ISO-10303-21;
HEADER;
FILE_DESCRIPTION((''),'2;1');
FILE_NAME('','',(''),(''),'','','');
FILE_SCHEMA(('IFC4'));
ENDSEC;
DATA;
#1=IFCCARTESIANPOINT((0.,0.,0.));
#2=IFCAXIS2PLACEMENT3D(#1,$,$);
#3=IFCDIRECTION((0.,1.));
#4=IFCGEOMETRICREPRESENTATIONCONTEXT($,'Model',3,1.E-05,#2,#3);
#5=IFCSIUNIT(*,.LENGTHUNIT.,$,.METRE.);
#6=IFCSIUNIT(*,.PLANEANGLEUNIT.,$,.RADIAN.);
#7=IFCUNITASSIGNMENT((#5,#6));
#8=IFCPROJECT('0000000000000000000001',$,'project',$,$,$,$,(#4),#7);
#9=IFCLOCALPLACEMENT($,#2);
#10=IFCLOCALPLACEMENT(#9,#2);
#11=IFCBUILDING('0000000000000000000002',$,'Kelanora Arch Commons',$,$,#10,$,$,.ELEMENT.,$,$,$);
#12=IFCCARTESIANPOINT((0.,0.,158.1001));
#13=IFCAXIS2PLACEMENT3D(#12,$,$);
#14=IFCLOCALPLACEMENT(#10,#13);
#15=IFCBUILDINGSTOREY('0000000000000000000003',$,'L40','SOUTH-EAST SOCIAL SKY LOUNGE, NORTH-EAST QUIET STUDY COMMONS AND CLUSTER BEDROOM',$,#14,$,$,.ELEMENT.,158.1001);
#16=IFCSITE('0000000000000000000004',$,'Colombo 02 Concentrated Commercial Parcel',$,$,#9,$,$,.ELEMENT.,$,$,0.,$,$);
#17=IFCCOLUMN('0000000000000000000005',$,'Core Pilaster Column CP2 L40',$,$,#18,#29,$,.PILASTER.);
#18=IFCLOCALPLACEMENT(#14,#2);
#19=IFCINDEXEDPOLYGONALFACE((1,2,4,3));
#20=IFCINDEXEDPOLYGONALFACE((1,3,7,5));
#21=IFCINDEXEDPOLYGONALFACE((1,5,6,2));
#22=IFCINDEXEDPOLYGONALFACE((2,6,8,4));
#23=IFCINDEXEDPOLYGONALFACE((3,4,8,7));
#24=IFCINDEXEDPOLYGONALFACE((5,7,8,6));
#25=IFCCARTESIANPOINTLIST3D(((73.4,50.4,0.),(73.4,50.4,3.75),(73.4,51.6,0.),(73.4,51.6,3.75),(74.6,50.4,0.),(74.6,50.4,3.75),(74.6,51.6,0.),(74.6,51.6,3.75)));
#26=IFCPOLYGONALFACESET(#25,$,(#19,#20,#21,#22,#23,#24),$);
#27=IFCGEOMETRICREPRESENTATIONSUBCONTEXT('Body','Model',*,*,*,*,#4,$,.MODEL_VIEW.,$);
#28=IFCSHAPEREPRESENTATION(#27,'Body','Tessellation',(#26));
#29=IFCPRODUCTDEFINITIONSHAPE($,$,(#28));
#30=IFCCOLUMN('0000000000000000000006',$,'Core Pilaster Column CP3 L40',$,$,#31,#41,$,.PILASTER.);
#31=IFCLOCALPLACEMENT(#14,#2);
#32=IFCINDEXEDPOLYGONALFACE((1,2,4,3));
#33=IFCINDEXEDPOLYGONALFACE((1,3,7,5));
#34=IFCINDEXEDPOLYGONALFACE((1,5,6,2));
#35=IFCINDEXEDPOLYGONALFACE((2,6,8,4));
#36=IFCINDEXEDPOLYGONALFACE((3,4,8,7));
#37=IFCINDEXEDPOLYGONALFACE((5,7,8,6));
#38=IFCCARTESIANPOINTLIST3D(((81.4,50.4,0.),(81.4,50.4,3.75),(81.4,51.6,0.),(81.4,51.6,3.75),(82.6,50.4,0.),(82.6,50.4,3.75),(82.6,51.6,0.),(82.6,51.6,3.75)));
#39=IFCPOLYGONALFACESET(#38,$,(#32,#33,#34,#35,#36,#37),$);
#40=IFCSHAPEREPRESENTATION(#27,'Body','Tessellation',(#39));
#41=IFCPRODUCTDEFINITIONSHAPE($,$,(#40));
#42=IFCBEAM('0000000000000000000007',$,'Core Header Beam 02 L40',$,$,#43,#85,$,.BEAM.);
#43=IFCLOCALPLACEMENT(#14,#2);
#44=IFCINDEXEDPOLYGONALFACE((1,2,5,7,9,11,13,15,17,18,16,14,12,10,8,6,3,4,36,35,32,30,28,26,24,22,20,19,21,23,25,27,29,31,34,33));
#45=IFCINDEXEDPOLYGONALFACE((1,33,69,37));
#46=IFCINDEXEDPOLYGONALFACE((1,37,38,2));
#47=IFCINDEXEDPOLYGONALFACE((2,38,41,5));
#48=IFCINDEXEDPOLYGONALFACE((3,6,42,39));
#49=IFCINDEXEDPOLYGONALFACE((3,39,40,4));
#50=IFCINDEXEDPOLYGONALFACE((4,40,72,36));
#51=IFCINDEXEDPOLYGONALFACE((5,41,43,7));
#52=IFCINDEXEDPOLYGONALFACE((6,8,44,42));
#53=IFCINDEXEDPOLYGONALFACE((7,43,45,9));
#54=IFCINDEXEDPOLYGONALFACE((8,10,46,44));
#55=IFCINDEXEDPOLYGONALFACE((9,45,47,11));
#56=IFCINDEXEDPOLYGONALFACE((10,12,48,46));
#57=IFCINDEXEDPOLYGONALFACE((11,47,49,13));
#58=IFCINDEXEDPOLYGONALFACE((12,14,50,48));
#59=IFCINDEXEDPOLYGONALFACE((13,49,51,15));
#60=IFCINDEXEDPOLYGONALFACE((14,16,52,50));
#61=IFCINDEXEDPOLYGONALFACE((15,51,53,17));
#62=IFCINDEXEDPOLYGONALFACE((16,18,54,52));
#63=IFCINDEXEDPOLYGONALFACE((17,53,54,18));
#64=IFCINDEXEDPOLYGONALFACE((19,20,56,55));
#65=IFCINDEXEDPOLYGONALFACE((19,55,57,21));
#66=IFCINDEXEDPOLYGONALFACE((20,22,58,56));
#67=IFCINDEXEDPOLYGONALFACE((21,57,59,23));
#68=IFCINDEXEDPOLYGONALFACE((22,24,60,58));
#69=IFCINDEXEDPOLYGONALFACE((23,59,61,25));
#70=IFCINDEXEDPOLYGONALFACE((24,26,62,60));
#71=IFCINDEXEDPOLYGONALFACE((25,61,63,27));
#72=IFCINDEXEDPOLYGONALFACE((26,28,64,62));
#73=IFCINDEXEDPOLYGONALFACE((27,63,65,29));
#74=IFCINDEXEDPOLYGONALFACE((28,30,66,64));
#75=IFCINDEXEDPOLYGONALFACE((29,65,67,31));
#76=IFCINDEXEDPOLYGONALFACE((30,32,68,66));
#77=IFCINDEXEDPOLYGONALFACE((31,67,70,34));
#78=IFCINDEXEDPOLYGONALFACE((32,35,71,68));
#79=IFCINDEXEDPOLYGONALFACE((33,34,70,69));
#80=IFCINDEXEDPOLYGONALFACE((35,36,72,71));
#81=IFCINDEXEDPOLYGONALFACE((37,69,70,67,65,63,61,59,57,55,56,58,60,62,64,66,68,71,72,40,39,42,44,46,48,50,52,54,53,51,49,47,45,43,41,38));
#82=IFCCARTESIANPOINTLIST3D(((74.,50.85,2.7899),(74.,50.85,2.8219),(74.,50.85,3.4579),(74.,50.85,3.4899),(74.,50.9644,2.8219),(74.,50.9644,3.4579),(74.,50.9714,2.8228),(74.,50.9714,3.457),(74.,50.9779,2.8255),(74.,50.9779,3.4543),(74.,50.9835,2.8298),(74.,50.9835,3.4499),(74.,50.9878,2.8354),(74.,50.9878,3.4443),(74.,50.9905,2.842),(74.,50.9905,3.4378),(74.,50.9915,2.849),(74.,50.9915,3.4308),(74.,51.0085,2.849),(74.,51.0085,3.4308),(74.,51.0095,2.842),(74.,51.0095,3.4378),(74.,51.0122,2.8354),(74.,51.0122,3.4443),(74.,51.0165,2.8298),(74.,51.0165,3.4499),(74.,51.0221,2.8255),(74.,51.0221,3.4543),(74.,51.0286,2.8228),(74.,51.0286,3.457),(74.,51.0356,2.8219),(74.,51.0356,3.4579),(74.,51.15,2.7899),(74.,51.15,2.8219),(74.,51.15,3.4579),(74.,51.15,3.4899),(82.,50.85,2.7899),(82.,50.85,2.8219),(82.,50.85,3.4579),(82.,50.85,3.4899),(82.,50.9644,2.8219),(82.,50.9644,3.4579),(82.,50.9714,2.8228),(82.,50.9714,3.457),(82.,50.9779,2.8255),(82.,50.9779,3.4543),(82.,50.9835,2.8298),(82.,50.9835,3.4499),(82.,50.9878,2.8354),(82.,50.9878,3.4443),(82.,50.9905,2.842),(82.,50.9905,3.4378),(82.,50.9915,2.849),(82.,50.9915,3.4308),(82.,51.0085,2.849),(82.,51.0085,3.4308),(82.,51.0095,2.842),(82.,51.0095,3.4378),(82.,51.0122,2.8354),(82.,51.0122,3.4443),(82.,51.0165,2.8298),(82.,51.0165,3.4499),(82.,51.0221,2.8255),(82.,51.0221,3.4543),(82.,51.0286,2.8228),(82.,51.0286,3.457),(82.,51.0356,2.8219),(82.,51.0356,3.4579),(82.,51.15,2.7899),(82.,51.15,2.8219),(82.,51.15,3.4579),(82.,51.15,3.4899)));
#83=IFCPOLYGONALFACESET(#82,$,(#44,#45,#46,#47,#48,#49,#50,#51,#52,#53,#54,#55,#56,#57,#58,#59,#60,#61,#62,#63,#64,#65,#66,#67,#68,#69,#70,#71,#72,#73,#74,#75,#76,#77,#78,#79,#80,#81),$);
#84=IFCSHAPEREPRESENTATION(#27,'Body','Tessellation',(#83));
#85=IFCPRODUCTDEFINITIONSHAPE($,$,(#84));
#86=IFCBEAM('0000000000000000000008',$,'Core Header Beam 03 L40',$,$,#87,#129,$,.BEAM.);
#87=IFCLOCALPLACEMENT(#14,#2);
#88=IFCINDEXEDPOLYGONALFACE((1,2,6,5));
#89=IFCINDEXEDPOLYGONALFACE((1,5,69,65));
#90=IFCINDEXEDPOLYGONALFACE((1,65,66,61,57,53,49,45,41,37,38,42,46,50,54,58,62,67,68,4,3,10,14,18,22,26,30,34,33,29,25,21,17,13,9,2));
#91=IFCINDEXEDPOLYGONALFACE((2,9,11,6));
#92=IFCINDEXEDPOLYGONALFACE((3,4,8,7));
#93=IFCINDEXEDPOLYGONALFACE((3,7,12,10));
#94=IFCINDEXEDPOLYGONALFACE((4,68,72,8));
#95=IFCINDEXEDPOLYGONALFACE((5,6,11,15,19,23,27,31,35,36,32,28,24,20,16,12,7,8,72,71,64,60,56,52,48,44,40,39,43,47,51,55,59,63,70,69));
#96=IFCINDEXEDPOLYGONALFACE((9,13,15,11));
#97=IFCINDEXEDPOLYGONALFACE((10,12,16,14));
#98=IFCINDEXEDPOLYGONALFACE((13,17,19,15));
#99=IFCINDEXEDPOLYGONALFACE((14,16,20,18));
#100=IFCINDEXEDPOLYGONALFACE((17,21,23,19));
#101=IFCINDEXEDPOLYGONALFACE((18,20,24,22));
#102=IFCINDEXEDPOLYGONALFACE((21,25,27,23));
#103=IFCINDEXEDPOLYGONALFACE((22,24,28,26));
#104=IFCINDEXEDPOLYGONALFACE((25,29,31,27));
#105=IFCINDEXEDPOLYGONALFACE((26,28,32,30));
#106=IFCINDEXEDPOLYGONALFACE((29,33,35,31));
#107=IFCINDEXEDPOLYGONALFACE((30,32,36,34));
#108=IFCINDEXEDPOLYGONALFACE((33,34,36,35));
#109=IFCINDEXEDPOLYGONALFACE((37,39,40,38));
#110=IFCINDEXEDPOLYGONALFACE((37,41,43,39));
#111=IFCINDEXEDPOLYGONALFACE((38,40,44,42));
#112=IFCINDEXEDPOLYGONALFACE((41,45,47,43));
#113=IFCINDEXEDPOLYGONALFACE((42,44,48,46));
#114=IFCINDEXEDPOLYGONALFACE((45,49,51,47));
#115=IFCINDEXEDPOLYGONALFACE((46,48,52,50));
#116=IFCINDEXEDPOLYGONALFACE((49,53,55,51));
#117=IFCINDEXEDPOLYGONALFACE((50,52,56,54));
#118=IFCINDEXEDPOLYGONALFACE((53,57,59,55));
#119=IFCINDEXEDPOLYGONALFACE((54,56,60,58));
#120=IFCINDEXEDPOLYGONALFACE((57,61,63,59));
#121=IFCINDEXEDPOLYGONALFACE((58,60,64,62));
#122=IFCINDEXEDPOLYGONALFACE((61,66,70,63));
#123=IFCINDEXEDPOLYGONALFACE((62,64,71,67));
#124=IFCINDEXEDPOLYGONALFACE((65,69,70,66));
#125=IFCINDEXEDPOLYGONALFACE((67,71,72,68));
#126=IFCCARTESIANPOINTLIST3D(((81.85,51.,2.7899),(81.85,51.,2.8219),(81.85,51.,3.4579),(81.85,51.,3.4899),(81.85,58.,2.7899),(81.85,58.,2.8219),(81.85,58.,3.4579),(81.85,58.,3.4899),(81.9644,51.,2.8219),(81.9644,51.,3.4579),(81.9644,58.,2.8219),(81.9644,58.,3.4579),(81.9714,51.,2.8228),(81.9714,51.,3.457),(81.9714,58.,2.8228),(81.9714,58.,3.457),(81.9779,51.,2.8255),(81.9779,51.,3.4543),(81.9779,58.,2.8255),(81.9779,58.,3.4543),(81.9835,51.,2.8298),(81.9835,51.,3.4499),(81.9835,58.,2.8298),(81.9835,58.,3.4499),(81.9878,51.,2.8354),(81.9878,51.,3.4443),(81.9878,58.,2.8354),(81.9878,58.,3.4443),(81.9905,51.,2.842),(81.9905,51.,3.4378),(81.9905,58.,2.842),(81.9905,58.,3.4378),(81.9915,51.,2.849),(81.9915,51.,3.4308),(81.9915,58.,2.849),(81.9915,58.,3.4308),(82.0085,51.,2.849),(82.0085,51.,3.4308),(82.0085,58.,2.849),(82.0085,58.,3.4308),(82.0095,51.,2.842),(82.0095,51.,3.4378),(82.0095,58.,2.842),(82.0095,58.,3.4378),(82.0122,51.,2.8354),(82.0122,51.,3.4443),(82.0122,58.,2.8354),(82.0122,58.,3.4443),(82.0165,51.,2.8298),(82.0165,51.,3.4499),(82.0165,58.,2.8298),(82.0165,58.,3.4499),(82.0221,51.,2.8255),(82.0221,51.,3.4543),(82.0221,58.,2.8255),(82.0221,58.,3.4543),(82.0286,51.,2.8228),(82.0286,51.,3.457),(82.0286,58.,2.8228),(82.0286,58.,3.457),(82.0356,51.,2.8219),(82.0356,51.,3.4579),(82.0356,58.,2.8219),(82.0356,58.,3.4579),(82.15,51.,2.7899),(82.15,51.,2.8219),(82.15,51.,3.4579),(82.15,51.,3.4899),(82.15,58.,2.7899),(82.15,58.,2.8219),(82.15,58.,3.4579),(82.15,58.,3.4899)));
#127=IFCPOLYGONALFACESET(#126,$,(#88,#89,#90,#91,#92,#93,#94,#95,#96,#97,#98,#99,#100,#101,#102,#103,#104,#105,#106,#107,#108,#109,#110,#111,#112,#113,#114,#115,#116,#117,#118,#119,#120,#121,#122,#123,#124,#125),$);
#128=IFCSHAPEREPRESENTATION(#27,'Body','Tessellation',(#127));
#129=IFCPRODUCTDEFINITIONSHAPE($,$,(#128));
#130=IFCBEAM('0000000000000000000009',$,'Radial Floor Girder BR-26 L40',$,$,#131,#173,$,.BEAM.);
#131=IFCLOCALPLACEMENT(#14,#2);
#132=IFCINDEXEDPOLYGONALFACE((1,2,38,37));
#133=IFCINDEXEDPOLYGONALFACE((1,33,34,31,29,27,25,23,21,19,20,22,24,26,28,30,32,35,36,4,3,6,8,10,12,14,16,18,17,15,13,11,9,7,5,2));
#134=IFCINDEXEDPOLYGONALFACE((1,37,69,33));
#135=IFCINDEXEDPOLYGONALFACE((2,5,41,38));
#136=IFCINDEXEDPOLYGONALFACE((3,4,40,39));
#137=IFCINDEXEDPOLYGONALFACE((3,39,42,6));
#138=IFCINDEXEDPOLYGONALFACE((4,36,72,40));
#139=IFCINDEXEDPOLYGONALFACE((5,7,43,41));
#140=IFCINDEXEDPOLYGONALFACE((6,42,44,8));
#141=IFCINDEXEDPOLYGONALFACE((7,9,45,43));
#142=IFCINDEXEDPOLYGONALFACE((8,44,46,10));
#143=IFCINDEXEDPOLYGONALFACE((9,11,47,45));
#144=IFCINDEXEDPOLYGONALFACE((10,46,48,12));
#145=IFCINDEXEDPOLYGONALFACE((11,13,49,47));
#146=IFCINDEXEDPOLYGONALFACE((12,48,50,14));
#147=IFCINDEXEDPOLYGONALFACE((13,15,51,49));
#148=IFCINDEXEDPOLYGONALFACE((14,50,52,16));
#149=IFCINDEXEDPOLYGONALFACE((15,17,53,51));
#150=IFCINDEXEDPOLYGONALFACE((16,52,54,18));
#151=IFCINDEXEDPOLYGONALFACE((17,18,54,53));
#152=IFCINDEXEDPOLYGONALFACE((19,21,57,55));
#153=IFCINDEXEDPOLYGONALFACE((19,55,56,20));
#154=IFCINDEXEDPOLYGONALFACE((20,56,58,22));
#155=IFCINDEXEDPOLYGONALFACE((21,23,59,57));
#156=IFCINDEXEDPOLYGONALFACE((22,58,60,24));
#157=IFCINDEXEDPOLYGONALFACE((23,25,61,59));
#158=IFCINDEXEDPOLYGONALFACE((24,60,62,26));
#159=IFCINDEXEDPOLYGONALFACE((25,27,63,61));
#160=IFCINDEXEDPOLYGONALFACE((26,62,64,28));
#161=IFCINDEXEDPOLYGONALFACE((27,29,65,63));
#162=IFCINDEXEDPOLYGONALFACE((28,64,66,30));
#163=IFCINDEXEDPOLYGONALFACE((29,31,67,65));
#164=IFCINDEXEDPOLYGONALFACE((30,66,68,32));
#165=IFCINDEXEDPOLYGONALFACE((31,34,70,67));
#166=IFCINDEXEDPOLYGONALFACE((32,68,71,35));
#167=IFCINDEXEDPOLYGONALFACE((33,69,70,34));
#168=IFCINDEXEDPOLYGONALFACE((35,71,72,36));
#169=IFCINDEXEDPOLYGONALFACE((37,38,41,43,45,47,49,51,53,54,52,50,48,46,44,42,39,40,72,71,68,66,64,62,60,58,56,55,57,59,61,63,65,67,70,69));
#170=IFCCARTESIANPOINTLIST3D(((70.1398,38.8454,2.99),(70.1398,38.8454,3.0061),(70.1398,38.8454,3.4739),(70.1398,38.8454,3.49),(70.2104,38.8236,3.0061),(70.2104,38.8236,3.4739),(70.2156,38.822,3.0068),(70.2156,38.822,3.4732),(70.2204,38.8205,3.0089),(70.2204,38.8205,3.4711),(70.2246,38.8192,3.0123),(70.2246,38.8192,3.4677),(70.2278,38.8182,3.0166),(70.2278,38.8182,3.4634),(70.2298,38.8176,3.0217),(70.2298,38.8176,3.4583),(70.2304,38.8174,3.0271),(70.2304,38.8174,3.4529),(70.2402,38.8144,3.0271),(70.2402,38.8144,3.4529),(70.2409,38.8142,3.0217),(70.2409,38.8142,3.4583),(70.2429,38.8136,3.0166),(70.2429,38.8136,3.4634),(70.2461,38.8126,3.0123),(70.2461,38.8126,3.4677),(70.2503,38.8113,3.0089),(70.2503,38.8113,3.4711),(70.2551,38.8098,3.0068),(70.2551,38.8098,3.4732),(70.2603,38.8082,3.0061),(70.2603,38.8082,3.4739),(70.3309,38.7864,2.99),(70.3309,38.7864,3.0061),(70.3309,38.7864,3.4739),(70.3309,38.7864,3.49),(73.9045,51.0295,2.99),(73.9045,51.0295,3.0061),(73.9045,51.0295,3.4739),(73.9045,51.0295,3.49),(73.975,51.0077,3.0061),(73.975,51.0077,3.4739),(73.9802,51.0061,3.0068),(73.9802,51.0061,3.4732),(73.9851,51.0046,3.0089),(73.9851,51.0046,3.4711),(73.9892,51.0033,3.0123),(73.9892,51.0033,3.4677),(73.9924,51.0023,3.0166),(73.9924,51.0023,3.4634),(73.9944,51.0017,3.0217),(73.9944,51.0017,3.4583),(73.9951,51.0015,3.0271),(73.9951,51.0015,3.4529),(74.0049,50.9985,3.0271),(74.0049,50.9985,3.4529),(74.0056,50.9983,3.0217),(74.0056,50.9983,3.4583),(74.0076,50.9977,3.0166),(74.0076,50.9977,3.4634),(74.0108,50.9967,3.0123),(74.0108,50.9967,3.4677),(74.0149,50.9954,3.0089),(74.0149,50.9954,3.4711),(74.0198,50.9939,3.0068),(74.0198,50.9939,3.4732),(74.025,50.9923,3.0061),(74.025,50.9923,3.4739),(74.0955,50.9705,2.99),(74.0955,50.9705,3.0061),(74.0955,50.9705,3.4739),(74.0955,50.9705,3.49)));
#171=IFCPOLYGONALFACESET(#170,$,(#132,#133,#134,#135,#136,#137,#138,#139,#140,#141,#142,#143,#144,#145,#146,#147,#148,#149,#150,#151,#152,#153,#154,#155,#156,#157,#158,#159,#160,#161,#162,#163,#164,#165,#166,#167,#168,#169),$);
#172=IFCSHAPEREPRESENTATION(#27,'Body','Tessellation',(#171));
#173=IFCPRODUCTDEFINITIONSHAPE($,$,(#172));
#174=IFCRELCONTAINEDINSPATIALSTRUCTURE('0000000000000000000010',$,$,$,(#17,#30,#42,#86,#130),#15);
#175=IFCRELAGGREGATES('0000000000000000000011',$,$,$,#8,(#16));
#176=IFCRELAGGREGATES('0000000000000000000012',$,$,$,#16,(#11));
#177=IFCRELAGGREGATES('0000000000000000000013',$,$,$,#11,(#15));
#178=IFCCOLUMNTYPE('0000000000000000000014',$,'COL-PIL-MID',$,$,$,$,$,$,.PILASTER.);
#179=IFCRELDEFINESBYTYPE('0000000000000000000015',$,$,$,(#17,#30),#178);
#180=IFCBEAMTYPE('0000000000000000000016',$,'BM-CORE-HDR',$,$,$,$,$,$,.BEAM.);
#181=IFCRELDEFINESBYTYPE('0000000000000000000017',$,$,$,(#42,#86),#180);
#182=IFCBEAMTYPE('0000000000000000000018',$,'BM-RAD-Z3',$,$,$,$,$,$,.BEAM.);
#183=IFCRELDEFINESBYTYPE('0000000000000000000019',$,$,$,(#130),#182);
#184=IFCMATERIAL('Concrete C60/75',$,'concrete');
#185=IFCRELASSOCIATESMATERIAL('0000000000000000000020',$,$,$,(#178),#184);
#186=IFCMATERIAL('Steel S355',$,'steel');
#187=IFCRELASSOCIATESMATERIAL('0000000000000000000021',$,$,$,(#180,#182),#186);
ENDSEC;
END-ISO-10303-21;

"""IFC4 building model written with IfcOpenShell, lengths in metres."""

from ifc_helpers import new_model, si_unit, direction, frame, origin, origin_2d, place, context, subcontext, project, spatial, rectangle, i_section, extrude, material, material_profile, profile_set, type_object, element, save


model = new_model("IFC4")

# Units and contexts
model_context = context("Model", 3, precision=1e-05, world=origin(), true_north=direction((0.0, 1.0)))
body_context = subcontext(model_context, "Body", "Model", "MODEL_VIEW")
ifc_project = project(units=[si_unit("LENGTHUNIT", "METRE"), si_unit("PLANEANGLEUNIT", "RADIAN")], contexts=[model_context])

# Site, building, storey
site_placement = place(None, origin())
site = spatial("IfcSite", under=ifc_project, at=site_placement, Name="Colombo 02 Concentrated Commercial Parcel", CompositionType="ELEMENT", RefElevation=0.0)
building_placement = place(site_placement, origin())
building = spatial("IfcBuilding", under=site, at=building_placement, Name="Kelanora Arch Commons", CompositionType="ELEMENT")
storey_placement = place(building_placement, frame((0.0, 0.0, 158.1001)))
storey = spatial("IfcBuildingStorey", under=building, at=storey_placement, Name="L40", Description="SOUTH-EAST SOCIAL SKY LOUNGE, NORTH-EAST QUIET STUDY COMMONS AND CLUSTER BEDROOM", CompositionType="ELEMENT", Elevation=158.1001)

# Columns
ifc_material_1 = material(Name="Concrete C60/75", Category="concrete")
ifc_material_profile_1 = material_profile(ifc_material_1, rectangle(XDim=1.2, YDim=1.2, at=origin_2d()), Name="RC1200x1200")
ifc_profile_set_1 = profile_set([ifc_material_profile_1], Name="Concrete C60/75")
column_type = type_object("IfcColumnType", Name="COL-PIL-MID", PredefinedType="PILASTER", material=ifc_profile_set_1)
for number, where, z_axis, x_axis, name in (
    (1, (74.0, 51.0, 0.0), (0.0, 0.0, 1.0), (1.0, 0.0, 0.0), "Core Pilaster Column CP2 L40"),
    (2, (82.0, 51.0, 0.0), (0.0, 0.0, 1.0), (1.0, 0.0, 0.0), "Core Pilaster Column CP3 L40"),
):
    element("IfcColumn", number, at=place(storey_placement, frame(where, z_axis=z_axis, x_axis=x_axis)), inside=storey, type_object=column_type, Name=name, PredefinedType="PILASTER", context=body_context, shape_type="SweptSolid", body=[
        extrude(rectangle(XDim=1.2, YDim=1.2, at=origin_2d()), origin(), (0.0, 0.0, 1.0), 3.75),
    ])

# Beams
ifc_material_2 = material(Name="Steel S355", Category="steel")
ifc_material_profile_2 = material_profile(ifc_material_2, i_section(OverallWidth=0.3, OverallDepth=0.7, WebThickness=0.0171, FlangeThickness=0.032, FilletRadius=0.0271, at=origin_2d()), Name="HEB700")
ifc_profile_set_2 = profile_set([ifc_material_profile_2], Name="Steel S355")
beam_type_1 = type_object("IfcBeamType", Name="BM-CORE-HDR", PredefinedType="BEAM", material=ifc_profile_set_2)
beam_1_placement = place(storey_placement, frame((74.0, 51.0, 3.1399), z_axis=(1.0, 0.0, 0.0), x_axis=(0.0, 1.0, 0.0)))
element("IfcBeam", 3, at=beam_1_placement, inside=storey, type_object=beam_type_1, Name="Core Header Beam 02 L40", PredefinedType="BEAM", context=body_context, shape_type="SweptSolid", body=[
    extrude(i_section(OverallWidth=0.3, OverallDepth=0.7, WebThickness=0.0171, FlangeThickness=0.032, FilletRadius=0.0271, at=origin_2d()), origin(), (0.0, 0.0, 1.0), 8.0),
])
beam_2_placement = place(storey_placement, frame((82.0, 51.0, 3.1399), z_axis=(0.0, 1.0, 0.0), x_axis=(-1.0, 0.0, 0.0)))
element("IfcBeam", 4, at=beam_2_placement, inside=storey, type_object=beam_type_1, Name="Core Header Beam 03 L40", PredefinedType="BEAM", context=body_context, shape_type="SweptSolid", body=[
    extrude(i_section(OverallWidth=0.3, OverallDepth=0.7, WebThickness=0.0171, FlangeThickness=0.032, FilletRadius=0.0271, at=origin_2d()), origin(), (0.0, 0.0, 1.0), 7.0),
])
ifc_material_profile_3 = material_profile(ifc_material_2, i_section(OverallWidth=0.2, OverallDepth=0.5, WebThickness=0.0103, FlangeThickness=0.0161, FilletRadius=0.021, at=origin_2d()), Name="IPE500")
ifc_profile_set_3 = profile_set([ifc_material_profile_3], Name="Steel S355")
beam_type_2 = type_object("IfcBeamType", Name="BM-RAD-Z3", PredefinedType="BEAM", material=ifc_profile_set_3)
for number, where, z_axis, x_axis, name in (
    (5, (74.0, 51.0, 3.24), (-0.29521, -0.955432, 0.0), (0.955432, -0.29521, 0.0), "Radial Floor Girder BR-26 L40"),
):
    element("IfcBeam", number, at=place(storey_placement, frame(where, z_axis=z_axis, x_axis=x_axis)), inside=storey, type_object=beam_type_2, Name=name, PredefinedType="BEAM", context=body_context, shape_type="SweptSolid", body=[
        extrude(i_section(OverallWidth=0.2, OverallDepth=0.5, WebThickness=0.0103, FlangeThickness=0.0161, FilletRadius=0.021, at=origin_2d()), origin(), (0.0, 0.0, 1.0), 12.7524),
    ])

save(model, "model.ifc")
